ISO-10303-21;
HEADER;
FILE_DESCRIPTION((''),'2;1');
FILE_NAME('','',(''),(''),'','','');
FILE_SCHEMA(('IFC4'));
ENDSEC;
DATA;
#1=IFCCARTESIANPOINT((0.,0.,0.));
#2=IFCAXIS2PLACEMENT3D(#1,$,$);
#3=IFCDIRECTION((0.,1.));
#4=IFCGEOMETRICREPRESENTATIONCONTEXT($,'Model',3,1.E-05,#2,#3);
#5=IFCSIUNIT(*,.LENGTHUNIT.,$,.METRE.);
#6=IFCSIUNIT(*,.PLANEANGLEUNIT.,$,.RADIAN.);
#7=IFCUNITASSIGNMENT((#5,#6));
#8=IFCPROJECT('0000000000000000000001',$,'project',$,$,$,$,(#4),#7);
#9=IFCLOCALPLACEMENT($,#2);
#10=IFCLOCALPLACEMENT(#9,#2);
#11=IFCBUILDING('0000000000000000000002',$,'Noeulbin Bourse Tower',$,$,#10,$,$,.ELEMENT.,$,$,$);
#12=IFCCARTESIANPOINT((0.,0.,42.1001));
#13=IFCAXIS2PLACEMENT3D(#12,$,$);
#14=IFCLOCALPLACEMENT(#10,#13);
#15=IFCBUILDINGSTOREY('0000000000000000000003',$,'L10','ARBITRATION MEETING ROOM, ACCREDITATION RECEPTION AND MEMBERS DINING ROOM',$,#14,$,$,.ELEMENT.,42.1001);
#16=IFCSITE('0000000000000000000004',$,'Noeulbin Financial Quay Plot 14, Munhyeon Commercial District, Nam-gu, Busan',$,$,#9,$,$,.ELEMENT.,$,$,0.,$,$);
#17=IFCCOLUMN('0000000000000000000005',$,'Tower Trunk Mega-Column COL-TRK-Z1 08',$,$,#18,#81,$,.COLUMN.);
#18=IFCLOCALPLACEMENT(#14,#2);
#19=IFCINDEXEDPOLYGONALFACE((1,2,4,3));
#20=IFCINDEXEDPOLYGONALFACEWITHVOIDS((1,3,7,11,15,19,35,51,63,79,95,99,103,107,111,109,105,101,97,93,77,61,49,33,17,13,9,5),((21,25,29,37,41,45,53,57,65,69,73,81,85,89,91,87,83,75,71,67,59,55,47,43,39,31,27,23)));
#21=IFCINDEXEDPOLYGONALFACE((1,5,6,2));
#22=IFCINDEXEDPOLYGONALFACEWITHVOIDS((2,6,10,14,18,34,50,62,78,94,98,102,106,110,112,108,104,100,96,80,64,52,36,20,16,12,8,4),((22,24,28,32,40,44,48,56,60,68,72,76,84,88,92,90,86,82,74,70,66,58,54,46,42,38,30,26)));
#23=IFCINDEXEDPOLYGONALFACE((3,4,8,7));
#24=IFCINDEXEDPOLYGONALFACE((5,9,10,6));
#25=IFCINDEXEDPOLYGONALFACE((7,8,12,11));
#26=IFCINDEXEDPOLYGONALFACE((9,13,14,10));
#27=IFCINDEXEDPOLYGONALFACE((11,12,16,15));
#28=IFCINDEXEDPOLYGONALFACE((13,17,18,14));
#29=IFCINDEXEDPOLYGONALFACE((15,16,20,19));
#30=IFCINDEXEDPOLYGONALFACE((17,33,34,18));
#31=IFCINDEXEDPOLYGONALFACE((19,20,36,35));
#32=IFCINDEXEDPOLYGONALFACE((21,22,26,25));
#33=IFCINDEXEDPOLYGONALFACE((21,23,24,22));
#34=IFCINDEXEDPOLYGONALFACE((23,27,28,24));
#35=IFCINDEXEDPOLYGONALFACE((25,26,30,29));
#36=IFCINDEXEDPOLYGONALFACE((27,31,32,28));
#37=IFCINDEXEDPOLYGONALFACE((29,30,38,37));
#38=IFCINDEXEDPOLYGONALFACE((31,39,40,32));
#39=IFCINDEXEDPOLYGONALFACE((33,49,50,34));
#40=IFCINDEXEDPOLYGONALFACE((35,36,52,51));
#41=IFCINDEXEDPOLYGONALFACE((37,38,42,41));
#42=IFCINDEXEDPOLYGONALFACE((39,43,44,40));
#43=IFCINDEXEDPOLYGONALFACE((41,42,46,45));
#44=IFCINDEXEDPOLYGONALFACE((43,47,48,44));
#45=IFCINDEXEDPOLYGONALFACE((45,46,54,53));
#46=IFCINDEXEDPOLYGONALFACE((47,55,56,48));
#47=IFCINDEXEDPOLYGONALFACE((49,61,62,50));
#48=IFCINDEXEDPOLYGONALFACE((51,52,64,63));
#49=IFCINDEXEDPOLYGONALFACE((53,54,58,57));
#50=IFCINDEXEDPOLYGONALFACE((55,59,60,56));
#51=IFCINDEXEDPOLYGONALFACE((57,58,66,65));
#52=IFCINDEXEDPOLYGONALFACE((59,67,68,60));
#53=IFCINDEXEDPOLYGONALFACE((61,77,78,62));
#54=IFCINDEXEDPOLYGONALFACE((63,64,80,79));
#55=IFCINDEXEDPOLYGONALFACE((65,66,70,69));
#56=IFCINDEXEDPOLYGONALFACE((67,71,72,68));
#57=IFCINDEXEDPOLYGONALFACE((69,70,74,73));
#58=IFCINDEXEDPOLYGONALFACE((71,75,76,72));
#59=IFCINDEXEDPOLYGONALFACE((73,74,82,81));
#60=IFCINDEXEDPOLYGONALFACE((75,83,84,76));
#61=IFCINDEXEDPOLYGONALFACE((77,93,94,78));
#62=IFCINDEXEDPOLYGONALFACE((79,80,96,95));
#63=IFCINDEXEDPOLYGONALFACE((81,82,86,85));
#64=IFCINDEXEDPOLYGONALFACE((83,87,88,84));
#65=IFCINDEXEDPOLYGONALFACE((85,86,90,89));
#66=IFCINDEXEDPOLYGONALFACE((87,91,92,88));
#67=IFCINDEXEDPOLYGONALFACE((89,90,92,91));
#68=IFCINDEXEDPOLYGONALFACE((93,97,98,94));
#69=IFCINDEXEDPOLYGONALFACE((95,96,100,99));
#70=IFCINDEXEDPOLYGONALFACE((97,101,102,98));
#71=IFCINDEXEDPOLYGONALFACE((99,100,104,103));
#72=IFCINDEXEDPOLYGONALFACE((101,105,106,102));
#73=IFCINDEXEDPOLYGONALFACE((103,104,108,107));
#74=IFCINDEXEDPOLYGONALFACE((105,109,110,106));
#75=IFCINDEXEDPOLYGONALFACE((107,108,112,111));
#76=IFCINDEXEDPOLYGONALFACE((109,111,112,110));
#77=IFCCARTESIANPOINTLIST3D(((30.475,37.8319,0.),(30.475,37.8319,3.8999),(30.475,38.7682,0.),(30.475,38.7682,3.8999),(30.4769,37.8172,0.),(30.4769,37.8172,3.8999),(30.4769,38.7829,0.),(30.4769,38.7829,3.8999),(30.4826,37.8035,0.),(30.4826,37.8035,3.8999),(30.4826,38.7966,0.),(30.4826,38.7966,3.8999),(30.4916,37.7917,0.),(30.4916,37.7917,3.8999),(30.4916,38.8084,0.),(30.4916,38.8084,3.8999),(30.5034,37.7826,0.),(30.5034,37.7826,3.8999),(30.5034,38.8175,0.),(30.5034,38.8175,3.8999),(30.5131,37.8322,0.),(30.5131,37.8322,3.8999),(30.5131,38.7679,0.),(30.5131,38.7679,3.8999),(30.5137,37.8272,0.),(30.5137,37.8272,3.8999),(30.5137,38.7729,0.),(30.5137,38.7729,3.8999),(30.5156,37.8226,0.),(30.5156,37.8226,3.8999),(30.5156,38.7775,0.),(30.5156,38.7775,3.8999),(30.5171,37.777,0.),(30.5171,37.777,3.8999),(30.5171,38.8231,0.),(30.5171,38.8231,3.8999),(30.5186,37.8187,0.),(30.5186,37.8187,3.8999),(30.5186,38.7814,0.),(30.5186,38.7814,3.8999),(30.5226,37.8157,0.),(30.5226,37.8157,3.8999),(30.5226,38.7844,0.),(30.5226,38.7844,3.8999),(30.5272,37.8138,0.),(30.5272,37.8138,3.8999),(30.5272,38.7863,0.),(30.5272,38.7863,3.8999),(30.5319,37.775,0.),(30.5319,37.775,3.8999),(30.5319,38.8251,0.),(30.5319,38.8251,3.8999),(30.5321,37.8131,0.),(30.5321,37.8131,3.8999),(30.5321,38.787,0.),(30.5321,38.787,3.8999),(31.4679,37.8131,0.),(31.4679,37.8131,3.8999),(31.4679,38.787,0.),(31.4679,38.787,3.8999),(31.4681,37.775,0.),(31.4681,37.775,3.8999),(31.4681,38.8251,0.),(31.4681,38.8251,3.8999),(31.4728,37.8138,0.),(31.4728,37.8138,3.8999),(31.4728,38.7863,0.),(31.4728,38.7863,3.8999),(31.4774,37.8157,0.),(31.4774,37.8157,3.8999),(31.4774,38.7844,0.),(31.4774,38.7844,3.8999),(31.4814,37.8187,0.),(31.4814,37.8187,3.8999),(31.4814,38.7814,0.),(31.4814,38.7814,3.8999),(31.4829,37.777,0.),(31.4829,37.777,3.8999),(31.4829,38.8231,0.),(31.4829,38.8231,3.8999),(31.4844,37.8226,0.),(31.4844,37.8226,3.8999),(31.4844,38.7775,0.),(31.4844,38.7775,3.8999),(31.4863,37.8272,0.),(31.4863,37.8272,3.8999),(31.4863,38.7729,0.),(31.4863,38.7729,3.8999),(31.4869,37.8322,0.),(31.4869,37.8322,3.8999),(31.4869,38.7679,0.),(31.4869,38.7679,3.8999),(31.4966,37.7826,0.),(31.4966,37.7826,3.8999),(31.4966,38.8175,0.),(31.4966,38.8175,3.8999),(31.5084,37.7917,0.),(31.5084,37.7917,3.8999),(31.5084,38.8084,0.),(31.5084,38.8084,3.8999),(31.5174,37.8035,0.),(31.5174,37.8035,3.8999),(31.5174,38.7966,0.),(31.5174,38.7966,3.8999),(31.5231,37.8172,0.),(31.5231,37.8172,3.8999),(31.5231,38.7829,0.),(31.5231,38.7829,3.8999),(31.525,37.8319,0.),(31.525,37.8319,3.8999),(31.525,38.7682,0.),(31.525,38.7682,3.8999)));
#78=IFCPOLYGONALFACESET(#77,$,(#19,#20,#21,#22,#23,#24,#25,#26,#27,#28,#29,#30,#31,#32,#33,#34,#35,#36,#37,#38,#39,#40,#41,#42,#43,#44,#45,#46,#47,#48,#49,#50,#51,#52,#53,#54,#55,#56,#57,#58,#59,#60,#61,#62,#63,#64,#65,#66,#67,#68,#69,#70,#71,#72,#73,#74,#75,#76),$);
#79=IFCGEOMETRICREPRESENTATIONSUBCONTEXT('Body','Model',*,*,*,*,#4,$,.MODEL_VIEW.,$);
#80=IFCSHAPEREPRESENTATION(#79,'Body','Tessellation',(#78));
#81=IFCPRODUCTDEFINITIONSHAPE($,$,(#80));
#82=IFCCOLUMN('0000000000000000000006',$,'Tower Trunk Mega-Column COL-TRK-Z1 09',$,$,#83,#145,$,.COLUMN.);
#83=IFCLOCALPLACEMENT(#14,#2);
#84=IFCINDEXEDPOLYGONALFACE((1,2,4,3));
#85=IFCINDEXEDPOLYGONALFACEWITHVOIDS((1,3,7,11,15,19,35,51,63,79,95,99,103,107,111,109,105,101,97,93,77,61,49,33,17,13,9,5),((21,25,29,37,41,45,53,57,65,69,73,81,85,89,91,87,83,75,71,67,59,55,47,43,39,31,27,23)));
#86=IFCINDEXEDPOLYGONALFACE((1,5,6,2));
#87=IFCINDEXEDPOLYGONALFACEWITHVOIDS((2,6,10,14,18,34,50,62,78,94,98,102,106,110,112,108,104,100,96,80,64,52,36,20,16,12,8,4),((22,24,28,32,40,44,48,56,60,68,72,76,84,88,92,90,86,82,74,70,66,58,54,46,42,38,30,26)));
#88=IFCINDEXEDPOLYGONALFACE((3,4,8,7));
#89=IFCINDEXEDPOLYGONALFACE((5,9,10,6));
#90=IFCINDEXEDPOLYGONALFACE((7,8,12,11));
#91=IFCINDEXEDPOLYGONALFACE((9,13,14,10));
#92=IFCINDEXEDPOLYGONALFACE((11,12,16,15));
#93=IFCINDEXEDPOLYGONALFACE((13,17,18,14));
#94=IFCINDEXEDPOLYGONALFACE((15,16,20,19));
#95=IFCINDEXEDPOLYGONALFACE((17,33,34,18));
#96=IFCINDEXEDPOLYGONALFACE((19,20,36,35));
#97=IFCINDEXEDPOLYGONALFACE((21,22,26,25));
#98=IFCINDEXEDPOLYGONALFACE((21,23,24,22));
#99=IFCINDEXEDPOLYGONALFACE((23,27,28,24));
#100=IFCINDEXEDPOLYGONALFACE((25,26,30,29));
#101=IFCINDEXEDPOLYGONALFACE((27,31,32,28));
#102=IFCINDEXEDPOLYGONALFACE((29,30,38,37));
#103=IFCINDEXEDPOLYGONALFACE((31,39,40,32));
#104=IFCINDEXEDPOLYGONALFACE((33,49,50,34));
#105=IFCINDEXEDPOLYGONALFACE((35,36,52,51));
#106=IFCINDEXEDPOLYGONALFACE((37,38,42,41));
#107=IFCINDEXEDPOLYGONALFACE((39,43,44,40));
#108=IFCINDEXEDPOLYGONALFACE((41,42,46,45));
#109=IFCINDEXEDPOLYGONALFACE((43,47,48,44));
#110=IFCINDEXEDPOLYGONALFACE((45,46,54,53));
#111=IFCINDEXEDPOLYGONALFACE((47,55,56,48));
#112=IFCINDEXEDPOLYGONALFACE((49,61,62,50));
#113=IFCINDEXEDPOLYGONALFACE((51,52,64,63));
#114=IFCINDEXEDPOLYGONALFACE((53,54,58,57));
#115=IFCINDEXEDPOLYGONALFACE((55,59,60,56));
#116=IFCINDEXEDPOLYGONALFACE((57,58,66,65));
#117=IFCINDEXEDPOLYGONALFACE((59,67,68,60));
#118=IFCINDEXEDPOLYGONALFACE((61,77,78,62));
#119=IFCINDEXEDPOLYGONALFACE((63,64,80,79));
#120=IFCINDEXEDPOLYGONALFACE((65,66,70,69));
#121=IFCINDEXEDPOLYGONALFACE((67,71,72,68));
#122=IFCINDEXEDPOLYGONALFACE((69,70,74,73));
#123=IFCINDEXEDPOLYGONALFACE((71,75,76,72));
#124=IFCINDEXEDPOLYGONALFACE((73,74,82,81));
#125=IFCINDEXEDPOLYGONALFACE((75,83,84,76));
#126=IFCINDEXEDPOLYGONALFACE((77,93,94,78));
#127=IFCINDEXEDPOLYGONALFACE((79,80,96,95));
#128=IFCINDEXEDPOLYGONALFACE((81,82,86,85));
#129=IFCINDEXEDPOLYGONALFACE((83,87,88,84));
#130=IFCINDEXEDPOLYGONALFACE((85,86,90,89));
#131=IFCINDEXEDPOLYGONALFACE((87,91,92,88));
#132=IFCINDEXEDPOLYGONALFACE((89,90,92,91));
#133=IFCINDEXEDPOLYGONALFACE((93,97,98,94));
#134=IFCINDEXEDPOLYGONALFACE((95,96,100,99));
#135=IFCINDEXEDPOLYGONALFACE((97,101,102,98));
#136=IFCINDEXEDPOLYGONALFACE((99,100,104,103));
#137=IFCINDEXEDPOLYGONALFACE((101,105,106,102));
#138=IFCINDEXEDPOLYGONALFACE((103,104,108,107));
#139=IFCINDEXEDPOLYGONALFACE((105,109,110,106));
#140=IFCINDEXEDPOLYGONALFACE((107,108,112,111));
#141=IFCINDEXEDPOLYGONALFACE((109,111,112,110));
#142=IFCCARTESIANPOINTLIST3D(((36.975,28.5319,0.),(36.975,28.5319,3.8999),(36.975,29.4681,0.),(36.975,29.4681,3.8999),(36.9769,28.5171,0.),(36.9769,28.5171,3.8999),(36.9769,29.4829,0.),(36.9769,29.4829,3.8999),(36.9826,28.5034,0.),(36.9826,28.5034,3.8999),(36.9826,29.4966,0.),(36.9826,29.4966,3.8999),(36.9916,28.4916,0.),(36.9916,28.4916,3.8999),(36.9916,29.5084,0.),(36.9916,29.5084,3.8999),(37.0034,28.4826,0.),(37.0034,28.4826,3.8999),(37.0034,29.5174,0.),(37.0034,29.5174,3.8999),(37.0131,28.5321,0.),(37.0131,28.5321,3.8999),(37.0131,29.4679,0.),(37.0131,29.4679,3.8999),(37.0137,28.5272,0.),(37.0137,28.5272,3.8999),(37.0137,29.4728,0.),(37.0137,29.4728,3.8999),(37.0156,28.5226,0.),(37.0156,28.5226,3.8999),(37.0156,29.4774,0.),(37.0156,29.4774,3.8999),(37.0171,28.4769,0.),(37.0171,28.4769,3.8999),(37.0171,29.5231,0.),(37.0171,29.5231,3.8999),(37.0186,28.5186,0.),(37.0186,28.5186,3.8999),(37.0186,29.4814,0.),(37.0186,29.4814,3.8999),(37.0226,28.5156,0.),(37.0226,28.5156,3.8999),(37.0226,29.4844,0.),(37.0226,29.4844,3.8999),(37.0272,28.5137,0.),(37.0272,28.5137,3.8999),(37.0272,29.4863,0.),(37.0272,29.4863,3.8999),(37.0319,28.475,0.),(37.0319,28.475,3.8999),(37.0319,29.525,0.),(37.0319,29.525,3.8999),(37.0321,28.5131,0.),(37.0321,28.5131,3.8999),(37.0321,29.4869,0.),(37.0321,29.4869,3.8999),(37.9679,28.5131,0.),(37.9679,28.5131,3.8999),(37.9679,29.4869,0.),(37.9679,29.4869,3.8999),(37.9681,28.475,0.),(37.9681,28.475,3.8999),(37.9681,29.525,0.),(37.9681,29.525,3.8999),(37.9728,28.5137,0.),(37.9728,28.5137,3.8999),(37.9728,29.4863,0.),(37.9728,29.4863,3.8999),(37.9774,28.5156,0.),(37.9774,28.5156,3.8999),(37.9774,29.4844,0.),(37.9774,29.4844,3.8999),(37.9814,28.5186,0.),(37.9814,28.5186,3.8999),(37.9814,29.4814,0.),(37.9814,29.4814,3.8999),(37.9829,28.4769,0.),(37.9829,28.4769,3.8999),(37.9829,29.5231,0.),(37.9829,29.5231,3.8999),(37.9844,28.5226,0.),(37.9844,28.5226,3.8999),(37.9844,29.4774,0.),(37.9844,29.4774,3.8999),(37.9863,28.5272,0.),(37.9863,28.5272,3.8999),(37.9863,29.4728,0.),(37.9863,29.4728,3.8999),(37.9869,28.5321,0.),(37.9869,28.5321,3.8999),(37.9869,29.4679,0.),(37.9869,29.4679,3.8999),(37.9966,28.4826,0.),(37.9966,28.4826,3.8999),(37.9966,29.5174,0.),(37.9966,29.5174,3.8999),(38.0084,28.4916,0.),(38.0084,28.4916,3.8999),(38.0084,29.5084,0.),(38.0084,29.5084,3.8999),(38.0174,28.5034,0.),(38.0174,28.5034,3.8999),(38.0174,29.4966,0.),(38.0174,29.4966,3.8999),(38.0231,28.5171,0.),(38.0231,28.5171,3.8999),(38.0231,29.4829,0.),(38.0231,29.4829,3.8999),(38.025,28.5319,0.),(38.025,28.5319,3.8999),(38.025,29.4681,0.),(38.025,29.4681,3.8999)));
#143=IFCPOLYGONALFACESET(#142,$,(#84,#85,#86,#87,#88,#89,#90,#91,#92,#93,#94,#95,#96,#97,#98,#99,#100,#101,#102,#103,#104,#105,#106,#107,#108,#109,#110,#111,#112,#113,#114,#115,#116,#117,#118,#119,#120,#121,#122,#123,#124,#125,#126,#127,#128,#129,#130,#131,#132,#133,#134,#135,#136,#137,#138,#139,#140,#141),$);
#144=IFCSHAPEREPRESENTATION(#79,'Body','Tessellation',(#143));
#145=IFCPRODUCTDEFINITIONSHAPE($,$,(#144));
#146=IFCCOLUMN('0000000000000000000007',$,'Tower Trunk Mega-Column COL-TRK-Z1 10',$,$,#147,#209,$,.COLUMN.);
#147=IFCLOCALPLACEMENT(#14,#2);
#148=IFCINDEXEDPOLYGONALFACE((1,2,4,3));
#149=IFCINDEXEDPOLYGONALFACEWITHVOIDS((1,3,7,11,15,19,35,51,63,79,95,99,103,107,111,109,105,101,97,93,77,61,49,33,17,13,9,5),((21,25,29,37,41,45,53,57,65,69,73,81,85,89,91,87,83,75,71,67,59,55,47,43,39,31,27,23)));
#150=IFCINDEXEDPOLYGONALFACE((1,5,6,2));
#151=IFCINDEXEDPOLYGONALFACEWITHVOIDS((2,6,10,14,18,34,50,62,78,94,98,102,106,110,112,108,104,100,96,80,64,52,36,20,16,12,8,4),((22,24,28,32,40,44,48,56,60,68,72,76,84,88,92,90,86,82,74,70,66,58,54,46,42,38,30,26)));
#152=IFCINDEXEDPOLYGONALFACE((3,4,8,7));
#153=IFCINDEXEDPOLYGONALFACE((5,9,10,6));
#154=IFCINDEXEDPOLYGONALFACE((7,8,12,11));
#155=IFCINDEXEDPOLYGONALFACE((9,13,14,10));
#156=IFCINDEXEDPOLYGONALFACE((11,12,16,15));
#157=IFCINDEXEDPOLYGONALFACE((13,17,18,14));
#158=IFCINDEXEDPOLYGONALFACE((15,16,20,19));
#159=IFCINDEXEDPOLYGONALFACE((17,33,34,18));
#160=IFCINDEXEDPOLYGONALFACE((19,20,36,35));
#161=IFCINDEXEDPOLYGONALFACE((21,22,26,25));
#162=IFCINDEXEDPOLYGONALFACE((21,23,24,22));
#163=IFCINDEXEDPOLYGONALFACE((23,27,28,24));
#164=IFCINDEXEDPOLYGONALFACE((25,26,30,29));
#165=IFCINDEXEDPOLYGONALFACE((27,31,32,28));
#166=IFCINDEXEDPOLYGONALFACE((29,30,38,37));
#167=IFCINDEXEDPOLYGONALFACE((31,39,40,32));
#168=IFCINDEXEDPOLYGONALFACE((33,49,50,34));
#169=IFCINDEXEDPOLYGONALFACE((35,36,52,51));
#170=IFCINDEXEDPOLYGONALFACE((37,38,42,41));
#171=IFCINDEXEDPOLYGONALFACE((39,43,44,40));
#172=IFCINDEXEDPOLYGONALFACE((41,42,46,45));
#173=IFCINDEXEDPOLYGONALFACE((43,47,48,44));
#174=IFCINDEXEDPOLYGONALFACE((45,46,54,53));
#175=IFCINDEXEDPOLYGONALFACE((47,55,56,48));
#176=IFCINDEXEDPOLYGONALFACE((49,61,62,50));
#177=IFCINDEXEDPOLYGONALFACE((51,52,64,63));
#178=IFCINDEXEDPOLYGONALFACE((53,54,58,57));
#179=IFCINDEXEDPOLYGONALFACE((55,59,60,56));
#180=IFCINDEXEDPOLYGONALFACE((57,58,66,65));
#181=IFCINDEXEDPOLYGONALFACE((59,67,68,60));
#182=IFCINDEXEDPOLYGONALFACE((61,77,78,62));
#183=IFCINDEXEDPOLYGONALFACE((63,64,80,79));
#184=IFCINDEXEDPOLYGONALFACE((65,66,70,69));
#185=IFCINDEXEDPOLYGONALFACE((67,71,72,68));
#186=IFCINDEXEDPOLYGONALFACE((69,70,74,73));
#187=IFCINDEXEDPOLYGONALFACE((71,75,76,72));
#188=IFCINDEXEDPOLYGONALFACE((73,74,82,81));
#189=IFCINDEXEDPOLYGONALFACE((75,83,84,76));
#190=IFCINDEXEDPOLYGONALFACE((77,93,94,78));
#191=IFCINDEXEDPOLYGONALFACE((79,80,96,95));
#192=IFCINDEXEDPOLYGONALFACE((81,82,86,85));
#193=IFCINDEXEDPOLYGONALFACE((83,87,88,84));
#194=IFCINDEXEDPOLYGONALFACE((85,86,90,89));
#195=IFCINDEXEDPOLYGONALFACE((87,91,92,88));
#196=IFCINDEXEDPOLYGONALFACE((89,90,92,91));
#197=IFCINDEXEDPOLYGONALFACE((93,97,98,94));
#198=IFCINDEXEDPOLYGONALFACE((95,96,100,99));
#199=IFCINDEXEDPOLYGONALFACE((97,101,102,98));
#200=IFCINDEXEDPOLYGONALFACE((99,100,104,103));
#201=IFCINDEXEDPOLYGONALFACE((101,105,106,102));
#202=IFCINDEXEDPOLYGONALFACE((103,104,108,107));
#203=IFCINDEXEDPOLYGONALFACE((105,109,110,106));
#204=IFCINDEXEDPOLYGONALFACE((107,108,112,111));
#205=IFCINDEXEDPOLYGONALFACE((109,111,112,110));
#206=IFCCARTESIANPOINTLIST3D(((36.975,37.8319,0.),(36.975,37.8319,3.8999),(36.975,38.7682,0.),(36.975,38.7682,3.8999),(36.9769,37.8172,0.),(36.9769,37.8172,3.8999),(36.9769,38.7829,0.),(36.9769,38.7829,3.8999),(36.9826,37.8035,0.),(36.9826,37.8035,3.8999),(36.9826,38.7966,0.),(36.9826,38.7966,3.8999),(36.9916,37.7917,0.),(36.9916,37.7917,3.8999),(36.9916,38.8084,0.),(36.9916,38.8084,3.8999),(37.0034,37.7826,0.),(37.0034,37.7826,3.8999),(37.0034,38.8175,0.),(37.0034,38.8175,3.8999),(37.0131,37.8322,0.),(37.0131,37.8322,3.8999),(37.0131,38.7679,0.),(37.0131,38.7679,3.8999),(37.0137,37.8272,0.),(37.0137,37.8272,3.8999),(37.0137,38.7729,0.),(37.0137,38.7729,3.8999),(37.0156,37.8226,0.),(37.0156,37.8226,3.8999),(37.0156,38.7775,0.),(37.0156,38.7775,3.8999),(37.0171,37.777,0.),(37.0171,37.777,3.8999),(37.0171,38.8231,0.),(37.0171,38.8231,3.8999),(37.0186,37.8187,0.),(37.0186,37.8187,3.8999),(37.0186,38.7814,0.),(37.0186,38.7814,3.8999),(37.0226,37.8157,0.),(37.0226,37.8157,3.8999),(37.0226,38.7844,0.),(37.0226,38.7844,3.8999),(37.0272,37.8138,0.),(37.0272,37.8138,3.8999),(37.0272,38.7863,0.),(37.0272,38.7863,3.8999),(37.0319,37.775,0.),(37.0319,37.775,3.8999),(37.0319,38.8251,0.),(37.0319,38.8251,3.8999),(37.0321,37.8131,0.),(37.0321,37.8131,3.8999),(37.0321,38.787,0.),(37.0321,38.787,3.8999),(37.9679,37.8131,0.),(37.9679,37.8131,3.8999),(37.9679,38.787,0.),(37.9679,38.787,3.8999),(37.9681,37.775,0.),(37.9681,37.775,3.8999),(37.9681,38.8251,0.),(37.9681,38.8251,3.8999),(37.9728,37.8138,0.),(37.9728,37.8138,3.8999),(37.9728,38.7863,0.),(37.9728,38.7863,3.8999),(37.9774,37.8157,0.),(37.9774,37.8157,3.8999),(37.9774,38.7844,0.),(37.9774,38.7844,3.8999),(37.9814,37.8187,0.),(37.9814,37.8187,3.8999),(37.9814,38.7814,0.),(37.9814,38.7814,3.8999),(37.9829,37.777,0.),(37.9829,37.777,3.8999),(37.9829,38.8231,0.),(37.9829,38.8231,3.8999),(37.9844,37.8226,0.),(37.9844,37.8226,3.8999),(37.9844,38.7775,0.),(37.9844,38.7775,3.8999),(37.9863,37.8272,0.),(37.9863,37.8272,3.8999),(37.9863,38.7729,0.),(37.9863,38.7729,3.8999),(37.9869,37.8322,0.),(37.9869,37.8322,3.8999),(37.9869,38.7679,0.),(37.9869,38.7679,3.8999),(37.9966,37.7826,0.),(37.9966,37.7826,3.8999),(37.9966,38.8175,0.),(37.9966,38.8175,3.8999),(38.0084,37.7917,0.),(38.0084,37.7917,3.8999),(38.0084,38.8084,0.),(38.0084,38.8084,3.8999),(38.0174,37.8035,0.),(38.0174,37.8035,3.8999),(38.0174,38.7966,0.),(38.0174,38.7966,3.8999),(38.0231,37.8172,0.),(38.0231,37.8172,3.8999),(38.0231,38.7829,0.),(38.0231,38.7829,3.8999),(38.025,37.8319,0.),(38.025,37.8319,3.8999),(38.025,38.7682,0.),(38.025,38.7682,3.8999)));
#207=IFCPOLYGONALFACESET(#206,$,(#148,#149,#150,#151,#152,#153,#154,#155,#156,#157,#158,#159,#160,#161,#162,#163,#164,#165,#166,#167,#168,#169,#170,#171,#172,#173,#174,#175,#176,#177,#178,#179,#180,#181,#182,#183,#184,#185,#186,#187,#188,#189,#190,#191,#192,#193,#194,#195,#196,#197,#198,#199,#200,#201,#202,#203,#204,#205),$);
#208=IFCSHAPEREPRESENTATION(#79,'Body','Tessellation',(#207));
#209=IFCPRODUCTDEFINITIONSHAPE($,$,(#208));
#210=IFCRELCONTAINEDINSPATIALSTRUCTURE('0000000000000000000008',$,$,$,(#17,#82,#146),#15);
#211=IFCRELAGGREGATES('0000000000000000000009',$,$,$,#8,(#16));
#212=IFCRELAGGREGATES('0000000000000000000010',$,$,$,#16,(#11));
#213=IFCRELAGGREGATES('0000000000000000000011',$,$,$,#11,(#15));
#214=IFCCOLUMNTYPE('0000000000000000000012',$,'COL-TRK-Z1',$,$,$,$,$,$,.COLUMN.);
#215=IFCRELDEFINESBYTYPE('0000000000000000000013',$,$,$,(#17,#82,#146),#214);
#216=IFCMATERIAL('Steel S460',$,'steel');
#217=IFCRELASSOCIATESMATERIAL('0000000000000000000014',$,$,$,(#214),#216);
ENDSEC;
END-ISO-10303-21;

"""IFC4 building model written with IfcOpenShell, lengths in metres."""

from ifc_helpers import new_model, si_unit, direction, frame, origin, origin_2d, place, context, subcontext, project, spatial, hollow_rectangle, extrude, material, material_profile, profile_set, type_object, element, save


model = new_model("IFC4")

# Units and contexts
model_context = context("Model", 3, precision=1e-05, world=origin(), true_north=direction((0.0, 1.0)))
body_context = subcontext(model_context, "Body", "Model", "MODEL_VIEW")
ifc_project = project(units=[si_unit("LENGTHUNIT", "METRE"), si_unit("PLANEANGLEUNIT", "RADIAN")], contexts=[model_context])

# Site, building, storey
site_placement = place(None, origin())
site = spatial("IfcSite", under=ifc_project, at=site_placement, Name="Noeulbin Financial Quay Plot 14, Munhyeon Commercial District, Nam-gu, Busan", CompositionType="ELEMENT", RefElevation=0.0)
building_placement = place(site_placement, origin())
building = spatial("IfcBuilding", under=site, at=building_placement, Name="Noeulbin Bourse Tower", CompositionType="ELEMENT")
storey_placement = place(building_placement, frame((0.0, 0.0, 42.1001)))
storey = spatial("IfcBuildingStorey", under=building, at=storey_placement, Name="L10", Description="ARBITRATION MEETING ROOM, ACCREDITATION RECEPTION AND MEMBERS DINING ROOM", CompositionType="ELEMENT", Elevation=42.1001)

# Columns
ifc_material_1 = material(Name="Steel S460", Category="steel")
ifc_material_profile_1 = material_profile(ifc_material_1, hollow_rectangle(XDim=1.05, YDim=1.05, WallThickness=0.0381, InnerFilletRadius=0.019, OuterFilletRadius=0.0569, at=origin_2d()), Name="BOX-1050x1050x38", Category="LoadBearing")
ifc_profile_set_1 = profile_set([ifc_material_profile_1], Name="Steel S460")
column_type = type_object("IfcColumnType", Name="COL-TRK-Z1", PredefinedType="COLUMN", material=ifc_profile_set_1)
for number, where, z_axis, x_axis, name in (
    (1, (31.0, 38.3, 0.0), (0.0, 0.0, 1.0), (1.0, 0.0, 0.0), "Tower Trunk Mega-Column COL-TRK-Z1 08"),
    (2, (37.5, 29.0, 0.0), (0.0, 0.0, 1.0), (1.0, 0.0, 0.0), "Tower Trunk Mega-Column COL-TRK-Z1 09"),
    (3, (37.5, 38.3, 0.0), (0.0, 0.0, 1.0), (1.0, 0.0, 0.0), "Tower Trunk Mega-Column COL-TRK-Z1 10"),
):
    element("IfcColumn", number, at=place(storey_placement, frame(where, z_axis=z_axis, x_axis=x_axis)), inside=storey, type_object=column_type, Name=name, PredefinedType="COLUMN", context=body_context, shape_type="SweptSolid", body=[
        extrude(hollow_rectangle(XDim=1.05, YDim=1.05, WallThickness=0.0381, InnerFilletRadius=0.019, OuterFilletRadius=0.0569, at=origin_2d()), origin(), (0.0, 0.0, 1.0), 3.8999),
    ])

save(model, "model.ifc")
